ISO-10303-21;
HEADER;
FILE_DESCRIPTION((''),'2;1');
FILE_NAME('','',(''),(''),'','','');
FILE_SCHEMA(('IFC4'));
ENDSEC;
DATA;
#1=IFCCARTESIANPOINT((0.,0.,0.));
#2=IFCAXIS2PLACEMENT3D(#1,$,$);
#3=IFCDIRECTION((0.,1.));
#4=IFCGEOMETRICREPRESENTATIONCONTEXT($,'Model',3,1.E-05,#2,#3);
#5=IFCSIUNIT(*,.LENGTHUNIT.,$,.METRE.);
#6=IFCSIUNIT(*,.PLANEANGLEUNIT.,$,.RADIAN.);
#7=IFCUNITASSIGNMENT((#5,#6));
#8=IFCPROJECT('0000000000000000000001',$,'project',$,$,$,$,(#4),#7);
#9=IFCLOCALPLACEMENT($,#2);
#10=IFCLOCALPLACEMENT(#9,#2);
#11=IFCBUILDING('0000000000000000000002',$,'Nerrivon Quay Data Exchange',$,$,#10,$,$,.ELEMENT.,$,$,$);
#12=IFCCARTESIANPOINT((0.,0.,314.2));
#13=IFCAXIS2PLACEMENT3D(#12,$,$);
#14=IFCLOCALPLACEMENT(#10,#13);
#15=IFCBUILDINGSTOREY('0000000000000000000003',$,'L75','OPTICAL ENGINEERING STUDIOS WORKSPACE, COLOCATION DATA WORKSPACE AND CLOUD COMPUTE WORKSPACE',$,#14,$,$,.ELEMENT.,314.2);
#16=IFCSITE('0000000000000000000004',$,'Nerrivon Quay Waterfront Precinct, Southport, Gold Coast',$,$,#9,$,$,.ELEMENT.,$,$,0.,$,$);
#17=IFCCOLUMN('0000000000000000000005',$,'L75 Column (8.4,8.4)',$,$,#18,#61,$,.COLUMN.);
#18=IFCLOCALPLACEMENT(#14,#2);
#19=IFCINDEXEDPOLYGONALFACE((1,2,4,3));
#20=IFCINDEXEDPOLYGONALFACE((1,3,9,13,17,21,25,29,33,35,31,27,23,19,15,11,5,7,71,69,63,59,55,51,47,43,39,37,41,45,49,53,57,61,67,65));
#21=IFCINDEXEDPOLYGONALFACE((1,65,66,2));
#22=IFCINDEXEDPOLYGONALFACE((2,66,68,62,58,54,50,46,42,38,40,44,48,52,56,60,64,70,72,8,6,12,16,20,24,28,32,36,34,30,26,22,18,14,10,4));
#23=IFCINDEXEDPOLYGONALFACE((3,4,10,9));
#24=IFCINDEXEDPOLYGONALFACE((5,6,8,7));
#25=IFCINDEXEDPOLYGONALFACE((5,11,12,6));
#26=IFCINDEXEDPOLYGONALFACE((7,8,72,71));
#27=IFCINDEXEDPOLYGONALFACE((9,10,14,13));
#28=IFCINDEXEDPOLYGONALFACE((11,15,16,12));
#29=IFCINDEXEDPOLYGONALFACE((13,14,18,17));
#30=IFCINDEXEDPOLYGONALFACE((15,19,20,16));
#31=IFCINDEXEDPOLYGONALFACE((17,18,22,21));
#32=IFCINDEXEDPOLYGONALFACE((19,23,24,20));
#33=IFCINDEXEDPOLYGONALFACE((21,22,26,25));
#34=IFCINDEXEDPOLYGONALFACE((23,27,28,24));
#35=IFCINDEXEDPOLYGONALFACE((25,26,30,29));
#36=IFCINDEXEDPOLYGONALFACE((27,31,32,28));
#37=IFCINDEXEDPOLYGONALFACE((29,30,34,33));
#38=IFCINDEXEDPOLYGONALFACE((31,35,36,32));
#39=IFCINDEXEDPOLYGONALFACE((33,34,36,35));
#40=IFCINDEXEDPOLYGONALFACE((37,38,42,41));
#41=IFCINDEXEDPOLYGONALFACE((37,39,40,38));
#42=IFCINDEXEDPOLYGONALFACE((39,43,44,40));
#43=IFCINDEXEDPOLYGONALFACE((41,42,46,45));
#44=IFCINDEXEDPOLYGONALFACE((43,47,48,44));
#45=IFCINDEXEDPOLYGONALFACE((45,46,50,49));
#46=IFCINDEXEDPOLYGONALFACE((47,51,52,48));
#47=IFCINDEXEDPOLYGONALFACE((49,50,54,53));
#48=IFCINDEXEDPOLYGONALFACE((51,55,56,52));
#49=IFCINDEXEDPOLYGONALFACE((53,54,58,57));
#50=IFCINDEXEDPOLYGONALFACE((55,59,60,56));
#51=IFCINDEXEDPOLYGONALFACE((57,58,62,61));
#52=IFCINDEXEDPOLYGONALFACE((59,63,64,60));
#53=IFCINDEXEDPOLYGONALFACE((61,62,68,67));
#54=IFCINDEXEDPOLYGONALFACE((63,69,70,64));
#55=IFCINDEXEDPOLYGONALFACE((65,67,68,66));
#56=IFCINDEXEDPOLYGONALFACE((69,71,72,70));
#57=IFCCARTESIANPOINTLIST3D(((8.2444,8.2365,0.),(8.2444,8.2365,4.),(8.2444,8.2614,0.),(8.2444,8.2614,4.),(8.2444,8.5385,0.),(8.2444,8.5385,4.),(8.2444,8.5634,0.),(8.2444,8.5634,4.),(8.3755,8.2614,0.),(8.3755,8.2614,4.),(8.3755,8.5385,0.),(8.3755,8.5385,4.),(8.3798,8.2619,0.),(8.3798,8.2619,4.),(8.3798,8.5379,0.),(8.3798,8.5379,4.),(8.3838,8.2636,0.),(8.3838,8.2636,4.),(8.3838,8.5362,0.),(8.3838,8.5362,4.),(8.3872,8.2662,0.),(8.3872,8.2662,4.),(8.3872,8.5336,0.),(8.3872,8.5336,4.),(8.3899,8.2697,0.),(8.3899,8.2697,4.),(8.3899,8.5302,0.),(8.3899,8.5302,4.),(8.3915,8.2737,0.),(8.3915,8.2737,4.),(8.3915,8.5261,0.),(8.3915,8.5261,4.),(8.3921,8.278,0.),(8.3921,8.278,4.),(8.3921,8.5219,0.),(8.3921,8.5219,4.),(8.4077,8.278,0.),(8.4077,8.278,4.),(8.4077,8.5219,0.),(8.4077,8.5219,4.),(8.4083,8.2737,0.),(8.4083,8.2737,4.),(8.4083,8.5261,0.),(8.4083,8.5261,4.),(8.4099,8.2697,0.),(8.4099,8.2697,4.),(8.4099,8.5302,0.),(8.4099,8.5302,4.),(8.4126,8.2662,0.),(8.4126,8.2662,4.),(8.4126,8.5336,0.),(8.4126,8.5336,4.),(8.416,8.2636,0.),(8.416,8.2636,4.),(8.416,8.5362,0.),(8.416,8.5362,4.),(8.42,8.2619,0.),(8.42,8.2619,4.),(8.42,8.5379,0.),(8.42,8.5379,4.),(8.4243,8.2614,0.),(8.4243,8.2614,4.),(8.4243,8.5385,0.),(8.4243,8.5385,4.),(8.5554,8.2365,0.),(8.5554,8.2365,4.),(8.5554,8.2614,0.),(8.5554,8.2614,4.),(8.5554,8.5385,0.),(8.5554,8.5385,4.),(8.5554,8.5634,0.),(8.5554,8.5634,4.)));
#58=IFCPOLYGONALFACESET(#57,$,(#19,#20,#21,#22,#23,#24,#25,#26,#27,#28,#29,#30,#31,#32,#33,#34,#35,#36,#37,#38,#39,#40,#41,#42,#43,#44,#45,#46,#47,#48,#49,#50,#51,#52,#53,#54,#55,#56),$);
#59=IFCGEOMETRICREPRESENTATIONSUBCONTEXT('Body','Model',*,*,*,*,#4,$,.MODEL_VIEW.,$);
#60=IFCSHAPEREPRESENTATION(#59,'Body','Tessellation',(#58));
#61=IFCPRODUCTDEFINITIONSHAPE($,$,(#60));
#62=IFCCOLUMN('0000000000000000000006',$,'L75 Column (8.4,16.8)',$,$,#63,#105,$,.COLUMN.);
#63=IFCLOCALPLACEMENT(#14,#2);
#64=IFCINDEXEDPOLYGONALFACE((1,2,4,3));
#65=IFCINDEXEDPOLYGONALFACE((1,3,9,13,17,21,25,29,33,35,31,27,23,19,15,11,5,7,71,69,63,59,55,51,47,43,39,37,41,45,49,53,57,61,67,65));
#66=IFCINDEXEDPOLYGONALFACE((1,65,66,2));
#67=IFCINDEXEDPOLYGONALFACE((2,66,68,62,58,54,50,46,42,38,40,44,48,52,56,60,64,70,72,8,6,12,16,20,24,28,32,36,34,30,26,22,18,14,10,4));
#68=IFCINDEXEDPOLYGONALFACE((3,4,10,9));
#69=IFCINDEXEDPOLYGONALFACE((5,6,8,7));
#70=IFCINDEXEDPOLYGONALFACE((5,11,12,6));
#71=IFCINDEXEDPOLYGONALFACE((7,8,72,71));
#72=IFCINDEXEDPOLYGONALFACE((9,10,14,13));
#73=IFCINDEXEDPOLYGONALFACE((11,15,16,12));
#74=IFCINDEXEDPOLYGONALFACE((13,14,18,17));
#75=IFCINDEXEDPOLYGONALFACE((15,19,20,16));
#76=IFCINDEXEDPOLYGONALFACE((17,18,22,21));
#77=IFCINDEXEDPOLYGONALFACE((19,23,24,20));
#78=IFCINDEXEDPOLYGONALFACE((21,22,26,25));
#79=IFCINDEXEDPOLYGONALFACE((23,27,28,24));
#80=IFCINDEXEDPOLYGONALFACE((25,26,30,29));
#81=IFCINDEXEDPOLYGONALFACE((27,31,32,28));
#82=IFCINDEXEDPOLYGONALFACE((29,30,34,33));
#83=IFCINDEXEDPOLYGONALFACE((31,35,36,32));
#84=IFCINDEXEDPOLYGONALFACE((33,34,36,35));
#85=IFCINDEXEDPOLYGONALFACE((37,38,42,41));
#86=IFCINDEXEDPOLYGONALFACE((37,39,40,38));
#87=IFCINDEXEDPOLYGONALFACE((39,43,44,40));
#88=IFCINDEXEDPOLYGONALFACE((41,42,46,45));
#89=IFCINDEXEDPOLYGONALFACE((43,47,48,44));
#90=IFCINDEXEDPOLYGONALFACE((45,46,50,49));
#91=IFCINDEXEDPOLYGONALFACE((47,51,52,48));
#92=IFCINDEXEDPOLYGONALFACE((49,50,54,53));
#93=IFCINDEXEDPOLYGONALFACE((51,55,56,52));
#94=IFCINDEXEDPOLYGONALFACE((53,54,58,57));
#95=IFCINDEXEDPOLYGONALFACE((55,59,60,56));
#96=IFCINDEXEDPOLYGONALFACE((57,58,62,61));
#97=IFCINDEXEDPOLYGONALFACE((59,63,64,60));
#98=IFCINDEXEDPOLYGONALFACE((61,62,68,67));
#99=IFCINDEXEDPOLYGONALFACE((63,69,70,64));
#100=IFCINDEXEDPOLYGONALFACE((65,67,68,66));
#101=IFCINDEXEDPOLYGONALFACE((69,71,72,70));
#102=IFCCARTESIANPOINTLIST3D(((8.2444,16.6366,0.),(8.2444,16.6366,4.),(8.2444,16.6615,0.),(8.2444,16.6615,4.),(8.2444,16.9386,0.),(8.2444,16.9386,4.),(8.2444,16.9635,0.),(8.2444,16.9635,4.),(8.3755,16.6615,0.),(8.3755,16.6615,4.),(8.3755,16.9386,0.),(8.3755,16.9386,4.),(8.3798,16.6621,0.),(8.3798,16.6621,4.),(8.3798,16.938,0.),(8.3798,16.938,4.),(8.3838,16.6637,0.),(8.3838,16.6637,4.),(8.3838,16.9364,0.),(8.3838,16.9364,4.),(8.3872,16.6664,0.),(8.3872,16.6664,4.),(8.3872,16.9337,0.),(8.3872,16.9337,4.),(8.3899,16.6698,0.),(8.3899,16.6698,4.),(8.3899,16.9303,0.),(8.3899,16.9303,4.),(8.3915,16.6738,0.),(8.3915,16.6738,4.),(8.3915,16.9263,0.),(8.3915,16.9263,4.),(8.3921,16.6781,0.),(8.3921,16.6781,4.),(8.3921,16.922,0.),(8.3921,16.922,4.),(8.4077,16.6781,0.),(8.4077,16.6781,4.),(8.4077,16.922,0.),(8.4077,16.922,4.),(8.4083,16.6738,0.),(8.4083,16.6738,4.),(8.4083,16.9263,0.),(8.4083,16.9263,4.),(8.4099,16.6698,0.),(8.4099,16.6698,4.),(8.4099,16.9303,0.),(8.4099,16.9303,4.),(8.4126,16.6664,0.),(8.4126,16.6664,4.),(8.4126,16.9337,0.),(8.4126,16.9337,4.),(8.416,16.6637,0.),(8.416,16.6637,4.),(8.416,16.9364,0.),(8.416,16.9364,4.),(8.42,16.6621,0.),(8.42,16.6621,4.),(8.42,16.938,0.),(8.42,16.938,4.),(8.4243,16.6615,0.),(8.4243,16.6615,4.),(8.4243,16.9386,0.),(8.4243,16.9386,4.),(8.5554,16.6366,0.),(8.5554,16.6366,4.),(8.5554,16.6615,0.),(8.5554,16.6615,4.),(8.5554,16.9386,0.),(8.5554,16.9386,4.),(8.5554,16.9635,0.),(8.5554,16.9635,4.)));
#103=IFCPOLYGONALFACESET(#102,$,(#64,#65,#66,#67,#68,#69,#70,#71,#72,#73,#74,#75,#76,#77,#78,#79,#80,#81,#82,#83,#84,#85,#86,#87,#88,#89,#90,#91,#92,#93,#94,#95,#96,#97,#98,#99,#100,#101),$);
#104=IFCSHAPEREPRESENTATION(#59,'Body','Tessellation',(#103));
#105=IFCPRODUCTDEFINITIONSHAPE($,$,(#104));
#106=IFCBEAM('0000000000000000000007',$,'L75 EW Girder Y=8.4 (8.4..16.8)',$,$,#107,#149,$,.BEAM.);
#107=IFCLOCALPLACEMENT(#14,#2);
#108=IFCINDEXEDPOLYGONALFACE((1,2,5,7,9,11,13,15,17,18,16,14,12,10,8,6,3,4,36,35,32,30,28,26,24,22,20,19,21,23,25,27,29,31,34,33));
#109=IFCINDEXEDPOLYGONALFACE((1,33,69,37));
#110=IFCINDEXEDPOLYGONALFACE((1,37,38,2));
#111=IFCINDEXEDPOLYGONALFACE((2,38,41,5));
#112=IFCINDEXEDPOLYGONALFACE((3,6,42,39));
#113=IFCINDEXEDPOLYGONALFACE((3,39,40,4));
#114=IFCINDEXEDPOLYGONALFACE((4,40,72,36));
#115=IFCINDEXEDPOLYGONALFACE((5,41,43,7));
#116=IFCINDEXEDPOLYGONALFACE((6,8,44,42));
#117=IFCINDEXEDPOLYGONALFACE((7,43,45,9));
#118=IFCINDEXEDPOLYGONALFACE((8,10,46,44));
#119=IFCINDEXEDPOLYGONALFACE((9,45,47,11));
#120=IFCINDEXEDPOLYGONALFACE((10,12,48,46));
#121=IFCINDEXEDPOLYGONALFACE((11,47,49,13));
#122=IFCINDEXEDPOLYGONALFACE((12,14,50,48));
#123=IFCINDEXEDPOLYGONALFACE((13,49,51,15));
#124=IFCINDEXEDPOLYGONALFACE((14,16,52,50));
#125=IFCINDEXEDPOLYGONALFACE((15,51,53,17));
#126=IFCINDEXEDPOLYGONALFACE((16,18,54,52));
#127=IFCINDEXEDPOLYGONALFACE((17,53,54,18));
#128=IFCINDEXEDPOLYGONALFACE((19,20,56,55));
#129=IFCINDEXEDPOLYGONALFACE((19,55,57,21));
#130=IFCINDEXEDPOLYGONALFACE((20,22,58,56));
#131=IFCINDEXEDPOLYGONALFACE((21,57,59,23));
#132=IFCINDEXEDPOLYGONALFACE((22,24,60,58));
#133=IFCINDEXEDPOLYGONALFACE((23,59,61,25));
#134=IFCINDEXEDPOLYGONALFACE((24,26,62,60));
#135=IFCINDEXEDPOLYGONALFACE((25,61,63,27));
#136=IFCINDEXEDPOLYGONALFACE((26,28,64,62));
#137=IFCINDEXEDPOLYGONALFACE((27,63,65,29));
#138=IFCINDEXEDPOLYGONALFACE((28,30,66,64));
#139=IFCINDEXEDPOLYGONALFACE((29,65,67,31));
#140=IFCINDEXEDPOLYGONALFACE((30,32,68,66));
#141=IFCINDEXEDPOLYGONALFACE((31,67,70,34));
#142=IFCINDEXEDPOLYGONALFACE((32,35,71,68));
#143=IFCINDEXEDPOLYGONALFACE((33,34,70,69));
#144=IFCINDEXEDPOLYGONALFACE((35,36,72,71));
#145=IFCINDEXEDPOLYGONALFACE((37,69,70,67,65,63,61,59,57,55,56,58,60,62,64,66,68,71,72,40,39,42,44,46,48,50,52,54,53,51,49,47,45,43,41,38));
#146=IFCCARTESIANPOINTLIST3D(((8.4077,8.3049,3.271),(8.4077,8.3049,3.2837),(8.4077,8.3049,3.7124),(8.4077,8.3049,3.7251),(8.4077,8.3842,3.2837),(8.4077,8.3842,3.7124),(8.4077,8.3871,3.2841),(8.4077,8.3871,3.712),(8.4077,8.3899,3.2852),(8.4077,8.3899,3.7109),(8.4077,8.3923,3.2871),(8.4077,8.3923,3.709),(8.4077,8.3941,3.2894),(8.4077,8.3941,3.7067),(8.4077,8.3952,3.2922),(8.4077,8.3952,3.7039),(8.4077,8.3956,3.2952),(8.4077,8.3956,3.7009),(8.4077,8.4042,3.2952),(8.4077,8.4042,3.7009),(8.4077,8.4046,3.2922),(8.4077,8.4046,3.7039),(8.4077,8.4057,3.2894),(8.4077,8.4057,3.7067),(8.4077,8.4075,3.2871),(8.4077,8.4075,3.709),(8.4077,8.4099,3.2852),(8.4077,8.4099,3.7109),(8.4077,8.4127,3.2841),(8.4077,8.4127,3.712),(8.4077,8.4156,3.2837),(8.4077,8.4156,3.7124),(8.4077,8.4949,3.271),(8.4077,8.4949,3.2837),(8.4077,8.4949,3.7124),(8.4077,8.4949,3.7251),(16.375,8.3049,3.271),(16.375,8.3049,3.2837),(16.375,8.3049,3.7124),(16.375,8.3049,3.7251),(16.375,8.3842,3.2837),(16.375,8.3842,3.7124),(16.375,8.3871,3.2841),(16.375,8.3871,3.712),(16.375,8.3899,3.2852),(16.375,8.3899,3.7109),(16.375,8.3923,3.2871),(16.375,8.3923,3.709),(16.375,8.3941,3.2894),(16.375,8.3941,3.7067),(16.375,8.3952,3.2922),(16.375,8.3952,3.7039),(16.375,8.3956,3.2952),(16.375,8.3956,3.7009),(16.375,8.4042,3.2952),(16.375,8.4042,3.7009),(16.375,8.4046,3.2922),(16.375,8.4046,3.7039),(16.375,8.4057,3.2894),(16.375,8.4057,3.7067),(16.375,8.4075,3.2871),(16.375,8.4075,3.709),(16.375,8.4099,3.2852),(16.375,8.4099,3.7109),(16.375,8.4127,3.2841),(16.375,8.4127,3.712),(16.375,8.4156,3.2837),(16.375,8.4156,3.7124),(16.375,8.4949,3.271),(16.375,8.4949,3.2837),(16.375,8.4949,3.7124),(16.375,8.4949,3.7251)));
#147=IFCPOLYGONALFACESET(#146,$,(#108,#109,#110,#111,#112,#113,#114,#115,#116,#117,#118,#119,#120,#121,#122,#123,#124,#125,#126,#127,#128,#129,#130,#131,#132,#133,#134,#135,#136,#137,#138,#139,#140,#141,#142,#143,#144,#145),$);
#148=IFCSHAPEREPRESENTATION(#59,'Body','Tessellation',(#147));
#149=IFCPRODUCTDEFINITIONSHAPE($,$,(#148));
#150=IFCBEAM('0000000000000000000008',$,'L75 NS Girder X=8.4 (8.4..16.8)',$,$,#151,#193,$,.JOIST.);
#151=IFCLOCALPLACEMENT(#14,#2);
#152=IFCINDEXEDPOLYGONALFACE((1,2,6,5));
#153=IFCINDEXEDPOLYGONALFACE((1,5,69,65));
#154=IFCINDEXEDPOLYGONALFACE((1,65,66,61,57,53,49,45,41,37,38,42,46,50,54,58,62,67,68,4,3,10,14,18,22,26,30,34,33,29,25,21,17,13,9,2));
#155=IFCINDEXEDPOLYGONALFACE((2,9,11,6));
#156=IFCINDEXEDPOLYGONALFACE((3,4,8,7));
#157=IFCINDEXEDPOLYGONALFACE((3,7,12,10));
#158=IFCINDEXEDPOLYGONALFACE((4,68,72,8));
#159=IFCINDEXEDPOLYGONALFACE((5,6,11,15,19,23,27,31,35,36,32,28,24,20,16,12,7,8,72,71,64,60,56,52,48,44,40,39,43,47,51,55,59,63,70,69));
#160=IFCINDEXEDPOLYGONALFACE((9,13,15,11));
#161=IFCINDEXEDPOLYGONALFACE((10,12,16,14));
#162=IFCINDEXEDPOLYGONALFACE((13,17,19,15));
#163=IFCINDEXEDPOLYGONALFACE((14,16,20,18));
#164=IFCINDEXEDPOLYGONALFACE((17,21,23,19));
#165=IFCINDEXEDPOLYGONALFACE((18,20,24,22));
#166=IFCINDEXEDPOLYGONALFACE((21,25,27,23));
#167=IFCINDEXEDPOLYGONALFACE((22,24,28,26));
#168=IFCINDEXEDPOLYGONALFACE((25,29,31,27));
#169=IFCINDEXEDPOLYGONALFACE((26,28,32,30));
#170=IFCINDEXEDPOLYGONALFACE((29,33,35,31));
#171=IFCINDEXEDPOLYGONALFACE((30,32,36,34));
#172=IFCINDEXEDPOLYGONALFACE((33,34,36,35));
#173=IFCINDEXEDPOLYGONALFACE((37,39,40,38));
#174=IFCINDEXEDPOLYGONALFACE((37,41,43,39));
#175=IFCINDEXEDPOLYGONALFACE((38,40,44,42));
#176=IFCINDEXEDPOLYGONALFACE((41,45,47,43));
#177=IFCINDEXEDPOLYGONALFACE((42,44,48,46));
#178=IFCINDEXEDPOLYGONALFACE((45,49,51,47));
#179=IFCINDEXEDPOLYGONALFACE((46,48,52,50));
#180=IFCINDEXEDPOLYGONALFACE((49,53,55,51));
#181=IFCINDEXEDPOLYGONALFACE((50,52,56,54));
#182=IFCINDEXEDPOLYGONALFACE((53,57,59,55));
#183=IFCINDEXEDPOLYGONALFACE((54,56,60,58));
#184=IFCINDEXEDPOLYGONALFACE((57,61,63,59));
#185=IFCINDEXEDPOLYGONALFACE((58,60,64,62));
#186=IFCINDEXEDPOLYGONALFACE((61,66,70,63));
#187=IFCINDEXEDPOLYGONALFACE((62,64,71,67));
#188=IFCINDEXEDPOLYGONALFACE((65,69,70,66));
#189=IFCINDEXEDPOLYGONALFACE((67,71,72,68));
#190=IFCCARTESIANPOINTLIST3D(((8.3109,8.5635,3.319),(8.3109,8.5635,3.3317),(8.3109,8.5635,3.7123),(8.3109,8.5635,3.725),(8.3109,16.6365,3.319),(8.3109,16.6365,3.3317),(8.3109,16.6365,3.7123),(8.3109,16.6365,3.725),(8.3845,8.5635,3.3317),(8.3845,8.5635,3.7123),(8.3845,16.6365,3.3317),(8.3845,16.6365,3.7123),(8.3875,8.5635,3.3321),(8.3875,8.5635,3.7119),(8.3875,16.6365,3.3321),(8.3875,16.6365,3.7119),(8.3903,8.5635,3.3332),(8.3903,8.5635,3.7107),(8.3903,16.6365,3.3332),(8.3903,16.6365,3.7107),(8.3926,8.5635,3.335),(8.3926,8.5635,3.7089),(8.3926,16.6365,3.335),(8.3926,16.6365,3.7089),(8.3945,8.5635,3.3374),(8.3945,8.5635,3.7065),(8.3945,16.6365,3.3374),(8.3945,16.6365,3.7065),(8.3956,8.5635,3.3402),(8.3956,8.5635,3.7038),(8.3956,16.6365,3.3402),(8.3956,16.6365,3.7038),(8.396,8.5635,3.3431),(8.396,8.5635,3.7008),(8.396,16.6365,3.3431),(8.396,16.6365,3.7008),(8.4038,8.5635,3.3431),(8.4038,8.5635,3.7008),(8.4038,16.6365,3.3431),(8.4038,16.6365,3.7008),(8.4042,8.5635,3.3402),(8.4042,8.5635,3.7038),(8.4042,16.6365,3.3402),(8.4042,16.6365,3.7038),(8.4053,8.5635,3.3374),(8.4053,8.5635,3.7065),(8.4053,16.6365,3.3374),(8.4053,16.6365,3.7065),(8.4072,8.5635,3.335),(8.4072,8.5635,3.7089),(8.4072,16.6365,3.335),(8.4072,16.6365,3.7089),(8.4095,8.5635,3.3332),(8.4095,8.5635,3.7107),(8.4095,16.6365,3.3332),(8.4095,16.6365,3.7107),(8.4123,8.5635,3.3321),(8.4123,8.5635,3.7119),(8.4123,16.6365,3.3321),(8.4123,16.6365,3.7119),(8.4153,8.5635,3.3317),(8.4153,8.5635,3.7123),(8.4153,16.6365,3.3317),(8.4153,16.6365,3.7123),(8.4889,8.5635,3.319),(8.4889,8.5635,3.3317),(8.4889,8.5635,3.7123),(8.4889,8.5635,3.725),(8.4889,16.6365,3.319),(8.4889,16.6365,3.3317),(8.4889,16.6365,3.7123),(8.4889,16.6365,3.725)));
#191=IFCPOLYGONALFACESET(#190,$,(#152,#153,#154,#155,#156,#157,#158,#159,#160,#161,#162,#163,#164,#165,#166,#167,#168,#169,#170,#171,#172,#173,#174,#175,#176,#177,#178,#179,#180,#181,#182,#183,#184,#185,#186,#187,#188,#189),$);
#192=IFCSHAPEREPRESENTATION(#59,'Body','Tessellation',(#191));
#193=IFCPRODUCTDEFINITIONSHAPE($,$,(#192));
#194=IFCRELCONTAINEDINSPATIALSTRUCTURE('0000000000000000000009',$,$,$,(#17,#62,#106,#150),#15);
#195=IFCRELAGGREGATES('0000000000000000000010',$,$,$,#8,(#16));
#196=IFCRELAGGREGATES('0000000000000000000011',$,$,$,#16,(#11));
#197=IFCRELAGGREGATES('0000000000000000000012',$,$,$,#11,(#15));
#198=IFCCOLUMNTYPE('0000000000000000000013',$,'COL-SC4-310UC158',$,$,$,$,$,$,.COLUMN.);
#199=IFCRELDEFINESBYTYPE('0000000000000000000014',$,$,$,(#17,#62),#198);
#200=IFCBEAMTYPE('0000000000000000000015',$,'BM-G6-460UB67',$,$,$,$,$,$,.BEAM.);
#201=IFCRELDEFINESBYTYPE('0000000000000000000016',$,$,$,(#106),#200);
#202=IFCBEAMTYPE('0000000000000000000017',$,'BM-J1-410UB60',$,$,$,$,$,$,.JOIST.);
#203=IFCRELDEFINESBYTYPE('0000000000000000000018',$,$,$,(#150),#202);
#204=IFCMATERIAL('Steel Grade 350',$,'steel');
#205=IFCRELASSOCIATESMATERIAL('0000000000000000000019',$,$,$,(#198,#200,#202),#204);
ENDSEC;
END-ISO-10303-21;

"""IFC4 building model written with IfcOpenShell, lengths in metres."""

from ifc_helpers import new_model, si_unit, direction, frame, origin, origin_2d, place, context, subcontext, project, spatial, i_section, extrude, material, material_profile, profile_set, type_object, element, save


model = new_model("IFC4")

# Units and contexts
model_context = context("Model", 3, precision=1e-05, world=origin(), true_north=direction((0.0, 1.0)))
body_context = subcontext(model_context, "Body", "Model", "MODEL_VIEW")
ifc_project = project(units=[si_unit("LENGTHUNIT", "METRE"), si_unit("PLANEANGLEUNIT", "RADIAN")], contexts=[model_context])

# Site, building, storey
site_placement = place(None, origin())
site = spatial("IfcSite", under=ifc_project, at=site_placement, Name="Nerrivon Quay Waterfront Precinct, Southport, Gold Coast", CompositionType="ELEMENT", RefElevation=0.0)
building_placement = place(site_placement, origin())
building = spatial("IfcBuilding", under=site, at=building_placement, Name="Nerrivon Quay Data Exchange", CompositionType="ELEMENT")
storey_placement = place(building_placement, frame((0.0, 0.0, 314.2)))
storey = spatial("IfcBuildingStorey", under=building, at=storey_placement, Name="L75", Description="OPTICAL ENGINEERING STUDIOS WORKSPACE, COLOCATION DATA WORKSPACE AND CLOUD COMPUTE WORKSPACE", CompositionType="ELEMENT", Elevation=314.2)

# Columns
ifc_material_1 = material(Name="Steel Grade 350", Category="steel")
ifc_material_profile_1 = material_profile(ifc_material_1, i_section(OverallWidth=0.311, OverallDepth=0.3269, WebThickness=0.0156, FlangeThickness=0.0249, FilletRadius=0.0166, at=origin_2d()), Name="310UC158")
ifc_profile_set_1 = profile_set([ifc_material_profile_1], Name="Steel Grade 350")
column_type = type_object("IfcColumnType", Name="COL-SC4-310UC158", PredefinedType="COLUMN", material=ifc_profile_set_1)
for number, where, z_axis, x_axis, name in (
    (1, (8.3999, 8.3999, 0.0), (0.0, 0.0, 1.0), (1.0, 0.0, 0.0), "L75 Column (8.4,8.4)"),
    (2, (8.3999, 16.8, 0.0), (0.0, 0.0, 1.0), (1.0, 0.0, 0.0), "L75 Column (8.4,16.8)"),
):
    element("IfcColumn", number, at=place(storey_placement, frame(where, z_axis=z_axis, x_axis=x_axis)), inside=storey, type_object=column_type, Name=name, PredefinedType="COLUMN", context=body_context, shape_type="SweptSolid", body=[
        extrude(i_section(OverallWidth=0.311, OverallDepth=0.3269, WebThickness=0.0156, FlangeThickness=0.0249, FilletRadius=0.0166, at=origin_2d()), origin(), (0.0, 0.0, 1.0), 4.0),
    ])

# Beams
ifc_material_profile_2 = material_profile(ifc_material_1, i_section(OverallWidth=0.1899, OverallDepth=0.4541, WebThickness=0.0085, FlangeThickness=0.0127, FilletRadius=0.0115, at=origin_2d()), Name="460UB67.1")
ifc_profile_set_2 = profile_set([ifc_material_profile_2], Name="Steel Grade 350")
beam_type_1 = type_object("IfcBeamType", Name="BM-G6-460UB67", PredefinedType="BEAM", material=ifc_profile_set_2)
beam_1_placement = place(storey_placement, frame((8.4077, 8.3999, 3.498), z_axis=(1.0, 0.0, 0.0), x_axis=(0.0, 1.0, 0.0)))
element("IfcBeam", 3, at=beam_1_placement, inside=storey, type_object=beam_type_1, Name="L75 EW Girder Y=8.4 (8.4..16.8)", PredefinedType="BEAM", context=body_context, shape_type="SweptSolid", body=[
    extrude(i_section(OverallWidth=0.1899, OverallDepth=0.4541, WebThickness=0.0085, FlangeThickness=0.0127, FilletRadius=0.0115, at=origin_2d()), origin(), (0.0, 0.0, 1.0), 7.9673),
])
ifc_material_profile_3 = material_profile(ifc_material_1, i_section(OverallWidth=0.178, OverallDepth=0.406, WebThickness=0.0078, FlangeThickness=0.0127, FilletRadius=0.0115, at=origin_2d()), Name="410UB59.7")
ifc_profile_set_3 = profile_set([ifc_material_profile_3], Name="Steel Grade 350")
beam_type_2 = type_object("IfcBeamType", Name="BM-J1-410UB60", PredefinedType="JOIST", material=ifc_profile_set_3)
beam_2_placement = place(storey_placement, frame((8.3999, 8.5635, 3.522), z_axis=(0.0, 1.0, 0.0), x_axis=(-1.0, 0.0, 0.0)))
element("IfcBeam", 4, at=beam_2_placement, inside=storey, type_object=beam_type_2, Name="L75 NS Girder X=8.4 (8.4..16.8)", PredefinedType="JOIST", context=body_context, shape_type="SweptSolid", body=[
    extrude(i_section(OverallWidth=0.178, OverallDepth=0.406, WebThickness=0.0078, FlangeThickness=0.0127, FilletRadius=0.0115, at=origin_2d()), origin(), (0.0, 0.0, 1.0), 8.073),
])

save(model, "model.ifc")
